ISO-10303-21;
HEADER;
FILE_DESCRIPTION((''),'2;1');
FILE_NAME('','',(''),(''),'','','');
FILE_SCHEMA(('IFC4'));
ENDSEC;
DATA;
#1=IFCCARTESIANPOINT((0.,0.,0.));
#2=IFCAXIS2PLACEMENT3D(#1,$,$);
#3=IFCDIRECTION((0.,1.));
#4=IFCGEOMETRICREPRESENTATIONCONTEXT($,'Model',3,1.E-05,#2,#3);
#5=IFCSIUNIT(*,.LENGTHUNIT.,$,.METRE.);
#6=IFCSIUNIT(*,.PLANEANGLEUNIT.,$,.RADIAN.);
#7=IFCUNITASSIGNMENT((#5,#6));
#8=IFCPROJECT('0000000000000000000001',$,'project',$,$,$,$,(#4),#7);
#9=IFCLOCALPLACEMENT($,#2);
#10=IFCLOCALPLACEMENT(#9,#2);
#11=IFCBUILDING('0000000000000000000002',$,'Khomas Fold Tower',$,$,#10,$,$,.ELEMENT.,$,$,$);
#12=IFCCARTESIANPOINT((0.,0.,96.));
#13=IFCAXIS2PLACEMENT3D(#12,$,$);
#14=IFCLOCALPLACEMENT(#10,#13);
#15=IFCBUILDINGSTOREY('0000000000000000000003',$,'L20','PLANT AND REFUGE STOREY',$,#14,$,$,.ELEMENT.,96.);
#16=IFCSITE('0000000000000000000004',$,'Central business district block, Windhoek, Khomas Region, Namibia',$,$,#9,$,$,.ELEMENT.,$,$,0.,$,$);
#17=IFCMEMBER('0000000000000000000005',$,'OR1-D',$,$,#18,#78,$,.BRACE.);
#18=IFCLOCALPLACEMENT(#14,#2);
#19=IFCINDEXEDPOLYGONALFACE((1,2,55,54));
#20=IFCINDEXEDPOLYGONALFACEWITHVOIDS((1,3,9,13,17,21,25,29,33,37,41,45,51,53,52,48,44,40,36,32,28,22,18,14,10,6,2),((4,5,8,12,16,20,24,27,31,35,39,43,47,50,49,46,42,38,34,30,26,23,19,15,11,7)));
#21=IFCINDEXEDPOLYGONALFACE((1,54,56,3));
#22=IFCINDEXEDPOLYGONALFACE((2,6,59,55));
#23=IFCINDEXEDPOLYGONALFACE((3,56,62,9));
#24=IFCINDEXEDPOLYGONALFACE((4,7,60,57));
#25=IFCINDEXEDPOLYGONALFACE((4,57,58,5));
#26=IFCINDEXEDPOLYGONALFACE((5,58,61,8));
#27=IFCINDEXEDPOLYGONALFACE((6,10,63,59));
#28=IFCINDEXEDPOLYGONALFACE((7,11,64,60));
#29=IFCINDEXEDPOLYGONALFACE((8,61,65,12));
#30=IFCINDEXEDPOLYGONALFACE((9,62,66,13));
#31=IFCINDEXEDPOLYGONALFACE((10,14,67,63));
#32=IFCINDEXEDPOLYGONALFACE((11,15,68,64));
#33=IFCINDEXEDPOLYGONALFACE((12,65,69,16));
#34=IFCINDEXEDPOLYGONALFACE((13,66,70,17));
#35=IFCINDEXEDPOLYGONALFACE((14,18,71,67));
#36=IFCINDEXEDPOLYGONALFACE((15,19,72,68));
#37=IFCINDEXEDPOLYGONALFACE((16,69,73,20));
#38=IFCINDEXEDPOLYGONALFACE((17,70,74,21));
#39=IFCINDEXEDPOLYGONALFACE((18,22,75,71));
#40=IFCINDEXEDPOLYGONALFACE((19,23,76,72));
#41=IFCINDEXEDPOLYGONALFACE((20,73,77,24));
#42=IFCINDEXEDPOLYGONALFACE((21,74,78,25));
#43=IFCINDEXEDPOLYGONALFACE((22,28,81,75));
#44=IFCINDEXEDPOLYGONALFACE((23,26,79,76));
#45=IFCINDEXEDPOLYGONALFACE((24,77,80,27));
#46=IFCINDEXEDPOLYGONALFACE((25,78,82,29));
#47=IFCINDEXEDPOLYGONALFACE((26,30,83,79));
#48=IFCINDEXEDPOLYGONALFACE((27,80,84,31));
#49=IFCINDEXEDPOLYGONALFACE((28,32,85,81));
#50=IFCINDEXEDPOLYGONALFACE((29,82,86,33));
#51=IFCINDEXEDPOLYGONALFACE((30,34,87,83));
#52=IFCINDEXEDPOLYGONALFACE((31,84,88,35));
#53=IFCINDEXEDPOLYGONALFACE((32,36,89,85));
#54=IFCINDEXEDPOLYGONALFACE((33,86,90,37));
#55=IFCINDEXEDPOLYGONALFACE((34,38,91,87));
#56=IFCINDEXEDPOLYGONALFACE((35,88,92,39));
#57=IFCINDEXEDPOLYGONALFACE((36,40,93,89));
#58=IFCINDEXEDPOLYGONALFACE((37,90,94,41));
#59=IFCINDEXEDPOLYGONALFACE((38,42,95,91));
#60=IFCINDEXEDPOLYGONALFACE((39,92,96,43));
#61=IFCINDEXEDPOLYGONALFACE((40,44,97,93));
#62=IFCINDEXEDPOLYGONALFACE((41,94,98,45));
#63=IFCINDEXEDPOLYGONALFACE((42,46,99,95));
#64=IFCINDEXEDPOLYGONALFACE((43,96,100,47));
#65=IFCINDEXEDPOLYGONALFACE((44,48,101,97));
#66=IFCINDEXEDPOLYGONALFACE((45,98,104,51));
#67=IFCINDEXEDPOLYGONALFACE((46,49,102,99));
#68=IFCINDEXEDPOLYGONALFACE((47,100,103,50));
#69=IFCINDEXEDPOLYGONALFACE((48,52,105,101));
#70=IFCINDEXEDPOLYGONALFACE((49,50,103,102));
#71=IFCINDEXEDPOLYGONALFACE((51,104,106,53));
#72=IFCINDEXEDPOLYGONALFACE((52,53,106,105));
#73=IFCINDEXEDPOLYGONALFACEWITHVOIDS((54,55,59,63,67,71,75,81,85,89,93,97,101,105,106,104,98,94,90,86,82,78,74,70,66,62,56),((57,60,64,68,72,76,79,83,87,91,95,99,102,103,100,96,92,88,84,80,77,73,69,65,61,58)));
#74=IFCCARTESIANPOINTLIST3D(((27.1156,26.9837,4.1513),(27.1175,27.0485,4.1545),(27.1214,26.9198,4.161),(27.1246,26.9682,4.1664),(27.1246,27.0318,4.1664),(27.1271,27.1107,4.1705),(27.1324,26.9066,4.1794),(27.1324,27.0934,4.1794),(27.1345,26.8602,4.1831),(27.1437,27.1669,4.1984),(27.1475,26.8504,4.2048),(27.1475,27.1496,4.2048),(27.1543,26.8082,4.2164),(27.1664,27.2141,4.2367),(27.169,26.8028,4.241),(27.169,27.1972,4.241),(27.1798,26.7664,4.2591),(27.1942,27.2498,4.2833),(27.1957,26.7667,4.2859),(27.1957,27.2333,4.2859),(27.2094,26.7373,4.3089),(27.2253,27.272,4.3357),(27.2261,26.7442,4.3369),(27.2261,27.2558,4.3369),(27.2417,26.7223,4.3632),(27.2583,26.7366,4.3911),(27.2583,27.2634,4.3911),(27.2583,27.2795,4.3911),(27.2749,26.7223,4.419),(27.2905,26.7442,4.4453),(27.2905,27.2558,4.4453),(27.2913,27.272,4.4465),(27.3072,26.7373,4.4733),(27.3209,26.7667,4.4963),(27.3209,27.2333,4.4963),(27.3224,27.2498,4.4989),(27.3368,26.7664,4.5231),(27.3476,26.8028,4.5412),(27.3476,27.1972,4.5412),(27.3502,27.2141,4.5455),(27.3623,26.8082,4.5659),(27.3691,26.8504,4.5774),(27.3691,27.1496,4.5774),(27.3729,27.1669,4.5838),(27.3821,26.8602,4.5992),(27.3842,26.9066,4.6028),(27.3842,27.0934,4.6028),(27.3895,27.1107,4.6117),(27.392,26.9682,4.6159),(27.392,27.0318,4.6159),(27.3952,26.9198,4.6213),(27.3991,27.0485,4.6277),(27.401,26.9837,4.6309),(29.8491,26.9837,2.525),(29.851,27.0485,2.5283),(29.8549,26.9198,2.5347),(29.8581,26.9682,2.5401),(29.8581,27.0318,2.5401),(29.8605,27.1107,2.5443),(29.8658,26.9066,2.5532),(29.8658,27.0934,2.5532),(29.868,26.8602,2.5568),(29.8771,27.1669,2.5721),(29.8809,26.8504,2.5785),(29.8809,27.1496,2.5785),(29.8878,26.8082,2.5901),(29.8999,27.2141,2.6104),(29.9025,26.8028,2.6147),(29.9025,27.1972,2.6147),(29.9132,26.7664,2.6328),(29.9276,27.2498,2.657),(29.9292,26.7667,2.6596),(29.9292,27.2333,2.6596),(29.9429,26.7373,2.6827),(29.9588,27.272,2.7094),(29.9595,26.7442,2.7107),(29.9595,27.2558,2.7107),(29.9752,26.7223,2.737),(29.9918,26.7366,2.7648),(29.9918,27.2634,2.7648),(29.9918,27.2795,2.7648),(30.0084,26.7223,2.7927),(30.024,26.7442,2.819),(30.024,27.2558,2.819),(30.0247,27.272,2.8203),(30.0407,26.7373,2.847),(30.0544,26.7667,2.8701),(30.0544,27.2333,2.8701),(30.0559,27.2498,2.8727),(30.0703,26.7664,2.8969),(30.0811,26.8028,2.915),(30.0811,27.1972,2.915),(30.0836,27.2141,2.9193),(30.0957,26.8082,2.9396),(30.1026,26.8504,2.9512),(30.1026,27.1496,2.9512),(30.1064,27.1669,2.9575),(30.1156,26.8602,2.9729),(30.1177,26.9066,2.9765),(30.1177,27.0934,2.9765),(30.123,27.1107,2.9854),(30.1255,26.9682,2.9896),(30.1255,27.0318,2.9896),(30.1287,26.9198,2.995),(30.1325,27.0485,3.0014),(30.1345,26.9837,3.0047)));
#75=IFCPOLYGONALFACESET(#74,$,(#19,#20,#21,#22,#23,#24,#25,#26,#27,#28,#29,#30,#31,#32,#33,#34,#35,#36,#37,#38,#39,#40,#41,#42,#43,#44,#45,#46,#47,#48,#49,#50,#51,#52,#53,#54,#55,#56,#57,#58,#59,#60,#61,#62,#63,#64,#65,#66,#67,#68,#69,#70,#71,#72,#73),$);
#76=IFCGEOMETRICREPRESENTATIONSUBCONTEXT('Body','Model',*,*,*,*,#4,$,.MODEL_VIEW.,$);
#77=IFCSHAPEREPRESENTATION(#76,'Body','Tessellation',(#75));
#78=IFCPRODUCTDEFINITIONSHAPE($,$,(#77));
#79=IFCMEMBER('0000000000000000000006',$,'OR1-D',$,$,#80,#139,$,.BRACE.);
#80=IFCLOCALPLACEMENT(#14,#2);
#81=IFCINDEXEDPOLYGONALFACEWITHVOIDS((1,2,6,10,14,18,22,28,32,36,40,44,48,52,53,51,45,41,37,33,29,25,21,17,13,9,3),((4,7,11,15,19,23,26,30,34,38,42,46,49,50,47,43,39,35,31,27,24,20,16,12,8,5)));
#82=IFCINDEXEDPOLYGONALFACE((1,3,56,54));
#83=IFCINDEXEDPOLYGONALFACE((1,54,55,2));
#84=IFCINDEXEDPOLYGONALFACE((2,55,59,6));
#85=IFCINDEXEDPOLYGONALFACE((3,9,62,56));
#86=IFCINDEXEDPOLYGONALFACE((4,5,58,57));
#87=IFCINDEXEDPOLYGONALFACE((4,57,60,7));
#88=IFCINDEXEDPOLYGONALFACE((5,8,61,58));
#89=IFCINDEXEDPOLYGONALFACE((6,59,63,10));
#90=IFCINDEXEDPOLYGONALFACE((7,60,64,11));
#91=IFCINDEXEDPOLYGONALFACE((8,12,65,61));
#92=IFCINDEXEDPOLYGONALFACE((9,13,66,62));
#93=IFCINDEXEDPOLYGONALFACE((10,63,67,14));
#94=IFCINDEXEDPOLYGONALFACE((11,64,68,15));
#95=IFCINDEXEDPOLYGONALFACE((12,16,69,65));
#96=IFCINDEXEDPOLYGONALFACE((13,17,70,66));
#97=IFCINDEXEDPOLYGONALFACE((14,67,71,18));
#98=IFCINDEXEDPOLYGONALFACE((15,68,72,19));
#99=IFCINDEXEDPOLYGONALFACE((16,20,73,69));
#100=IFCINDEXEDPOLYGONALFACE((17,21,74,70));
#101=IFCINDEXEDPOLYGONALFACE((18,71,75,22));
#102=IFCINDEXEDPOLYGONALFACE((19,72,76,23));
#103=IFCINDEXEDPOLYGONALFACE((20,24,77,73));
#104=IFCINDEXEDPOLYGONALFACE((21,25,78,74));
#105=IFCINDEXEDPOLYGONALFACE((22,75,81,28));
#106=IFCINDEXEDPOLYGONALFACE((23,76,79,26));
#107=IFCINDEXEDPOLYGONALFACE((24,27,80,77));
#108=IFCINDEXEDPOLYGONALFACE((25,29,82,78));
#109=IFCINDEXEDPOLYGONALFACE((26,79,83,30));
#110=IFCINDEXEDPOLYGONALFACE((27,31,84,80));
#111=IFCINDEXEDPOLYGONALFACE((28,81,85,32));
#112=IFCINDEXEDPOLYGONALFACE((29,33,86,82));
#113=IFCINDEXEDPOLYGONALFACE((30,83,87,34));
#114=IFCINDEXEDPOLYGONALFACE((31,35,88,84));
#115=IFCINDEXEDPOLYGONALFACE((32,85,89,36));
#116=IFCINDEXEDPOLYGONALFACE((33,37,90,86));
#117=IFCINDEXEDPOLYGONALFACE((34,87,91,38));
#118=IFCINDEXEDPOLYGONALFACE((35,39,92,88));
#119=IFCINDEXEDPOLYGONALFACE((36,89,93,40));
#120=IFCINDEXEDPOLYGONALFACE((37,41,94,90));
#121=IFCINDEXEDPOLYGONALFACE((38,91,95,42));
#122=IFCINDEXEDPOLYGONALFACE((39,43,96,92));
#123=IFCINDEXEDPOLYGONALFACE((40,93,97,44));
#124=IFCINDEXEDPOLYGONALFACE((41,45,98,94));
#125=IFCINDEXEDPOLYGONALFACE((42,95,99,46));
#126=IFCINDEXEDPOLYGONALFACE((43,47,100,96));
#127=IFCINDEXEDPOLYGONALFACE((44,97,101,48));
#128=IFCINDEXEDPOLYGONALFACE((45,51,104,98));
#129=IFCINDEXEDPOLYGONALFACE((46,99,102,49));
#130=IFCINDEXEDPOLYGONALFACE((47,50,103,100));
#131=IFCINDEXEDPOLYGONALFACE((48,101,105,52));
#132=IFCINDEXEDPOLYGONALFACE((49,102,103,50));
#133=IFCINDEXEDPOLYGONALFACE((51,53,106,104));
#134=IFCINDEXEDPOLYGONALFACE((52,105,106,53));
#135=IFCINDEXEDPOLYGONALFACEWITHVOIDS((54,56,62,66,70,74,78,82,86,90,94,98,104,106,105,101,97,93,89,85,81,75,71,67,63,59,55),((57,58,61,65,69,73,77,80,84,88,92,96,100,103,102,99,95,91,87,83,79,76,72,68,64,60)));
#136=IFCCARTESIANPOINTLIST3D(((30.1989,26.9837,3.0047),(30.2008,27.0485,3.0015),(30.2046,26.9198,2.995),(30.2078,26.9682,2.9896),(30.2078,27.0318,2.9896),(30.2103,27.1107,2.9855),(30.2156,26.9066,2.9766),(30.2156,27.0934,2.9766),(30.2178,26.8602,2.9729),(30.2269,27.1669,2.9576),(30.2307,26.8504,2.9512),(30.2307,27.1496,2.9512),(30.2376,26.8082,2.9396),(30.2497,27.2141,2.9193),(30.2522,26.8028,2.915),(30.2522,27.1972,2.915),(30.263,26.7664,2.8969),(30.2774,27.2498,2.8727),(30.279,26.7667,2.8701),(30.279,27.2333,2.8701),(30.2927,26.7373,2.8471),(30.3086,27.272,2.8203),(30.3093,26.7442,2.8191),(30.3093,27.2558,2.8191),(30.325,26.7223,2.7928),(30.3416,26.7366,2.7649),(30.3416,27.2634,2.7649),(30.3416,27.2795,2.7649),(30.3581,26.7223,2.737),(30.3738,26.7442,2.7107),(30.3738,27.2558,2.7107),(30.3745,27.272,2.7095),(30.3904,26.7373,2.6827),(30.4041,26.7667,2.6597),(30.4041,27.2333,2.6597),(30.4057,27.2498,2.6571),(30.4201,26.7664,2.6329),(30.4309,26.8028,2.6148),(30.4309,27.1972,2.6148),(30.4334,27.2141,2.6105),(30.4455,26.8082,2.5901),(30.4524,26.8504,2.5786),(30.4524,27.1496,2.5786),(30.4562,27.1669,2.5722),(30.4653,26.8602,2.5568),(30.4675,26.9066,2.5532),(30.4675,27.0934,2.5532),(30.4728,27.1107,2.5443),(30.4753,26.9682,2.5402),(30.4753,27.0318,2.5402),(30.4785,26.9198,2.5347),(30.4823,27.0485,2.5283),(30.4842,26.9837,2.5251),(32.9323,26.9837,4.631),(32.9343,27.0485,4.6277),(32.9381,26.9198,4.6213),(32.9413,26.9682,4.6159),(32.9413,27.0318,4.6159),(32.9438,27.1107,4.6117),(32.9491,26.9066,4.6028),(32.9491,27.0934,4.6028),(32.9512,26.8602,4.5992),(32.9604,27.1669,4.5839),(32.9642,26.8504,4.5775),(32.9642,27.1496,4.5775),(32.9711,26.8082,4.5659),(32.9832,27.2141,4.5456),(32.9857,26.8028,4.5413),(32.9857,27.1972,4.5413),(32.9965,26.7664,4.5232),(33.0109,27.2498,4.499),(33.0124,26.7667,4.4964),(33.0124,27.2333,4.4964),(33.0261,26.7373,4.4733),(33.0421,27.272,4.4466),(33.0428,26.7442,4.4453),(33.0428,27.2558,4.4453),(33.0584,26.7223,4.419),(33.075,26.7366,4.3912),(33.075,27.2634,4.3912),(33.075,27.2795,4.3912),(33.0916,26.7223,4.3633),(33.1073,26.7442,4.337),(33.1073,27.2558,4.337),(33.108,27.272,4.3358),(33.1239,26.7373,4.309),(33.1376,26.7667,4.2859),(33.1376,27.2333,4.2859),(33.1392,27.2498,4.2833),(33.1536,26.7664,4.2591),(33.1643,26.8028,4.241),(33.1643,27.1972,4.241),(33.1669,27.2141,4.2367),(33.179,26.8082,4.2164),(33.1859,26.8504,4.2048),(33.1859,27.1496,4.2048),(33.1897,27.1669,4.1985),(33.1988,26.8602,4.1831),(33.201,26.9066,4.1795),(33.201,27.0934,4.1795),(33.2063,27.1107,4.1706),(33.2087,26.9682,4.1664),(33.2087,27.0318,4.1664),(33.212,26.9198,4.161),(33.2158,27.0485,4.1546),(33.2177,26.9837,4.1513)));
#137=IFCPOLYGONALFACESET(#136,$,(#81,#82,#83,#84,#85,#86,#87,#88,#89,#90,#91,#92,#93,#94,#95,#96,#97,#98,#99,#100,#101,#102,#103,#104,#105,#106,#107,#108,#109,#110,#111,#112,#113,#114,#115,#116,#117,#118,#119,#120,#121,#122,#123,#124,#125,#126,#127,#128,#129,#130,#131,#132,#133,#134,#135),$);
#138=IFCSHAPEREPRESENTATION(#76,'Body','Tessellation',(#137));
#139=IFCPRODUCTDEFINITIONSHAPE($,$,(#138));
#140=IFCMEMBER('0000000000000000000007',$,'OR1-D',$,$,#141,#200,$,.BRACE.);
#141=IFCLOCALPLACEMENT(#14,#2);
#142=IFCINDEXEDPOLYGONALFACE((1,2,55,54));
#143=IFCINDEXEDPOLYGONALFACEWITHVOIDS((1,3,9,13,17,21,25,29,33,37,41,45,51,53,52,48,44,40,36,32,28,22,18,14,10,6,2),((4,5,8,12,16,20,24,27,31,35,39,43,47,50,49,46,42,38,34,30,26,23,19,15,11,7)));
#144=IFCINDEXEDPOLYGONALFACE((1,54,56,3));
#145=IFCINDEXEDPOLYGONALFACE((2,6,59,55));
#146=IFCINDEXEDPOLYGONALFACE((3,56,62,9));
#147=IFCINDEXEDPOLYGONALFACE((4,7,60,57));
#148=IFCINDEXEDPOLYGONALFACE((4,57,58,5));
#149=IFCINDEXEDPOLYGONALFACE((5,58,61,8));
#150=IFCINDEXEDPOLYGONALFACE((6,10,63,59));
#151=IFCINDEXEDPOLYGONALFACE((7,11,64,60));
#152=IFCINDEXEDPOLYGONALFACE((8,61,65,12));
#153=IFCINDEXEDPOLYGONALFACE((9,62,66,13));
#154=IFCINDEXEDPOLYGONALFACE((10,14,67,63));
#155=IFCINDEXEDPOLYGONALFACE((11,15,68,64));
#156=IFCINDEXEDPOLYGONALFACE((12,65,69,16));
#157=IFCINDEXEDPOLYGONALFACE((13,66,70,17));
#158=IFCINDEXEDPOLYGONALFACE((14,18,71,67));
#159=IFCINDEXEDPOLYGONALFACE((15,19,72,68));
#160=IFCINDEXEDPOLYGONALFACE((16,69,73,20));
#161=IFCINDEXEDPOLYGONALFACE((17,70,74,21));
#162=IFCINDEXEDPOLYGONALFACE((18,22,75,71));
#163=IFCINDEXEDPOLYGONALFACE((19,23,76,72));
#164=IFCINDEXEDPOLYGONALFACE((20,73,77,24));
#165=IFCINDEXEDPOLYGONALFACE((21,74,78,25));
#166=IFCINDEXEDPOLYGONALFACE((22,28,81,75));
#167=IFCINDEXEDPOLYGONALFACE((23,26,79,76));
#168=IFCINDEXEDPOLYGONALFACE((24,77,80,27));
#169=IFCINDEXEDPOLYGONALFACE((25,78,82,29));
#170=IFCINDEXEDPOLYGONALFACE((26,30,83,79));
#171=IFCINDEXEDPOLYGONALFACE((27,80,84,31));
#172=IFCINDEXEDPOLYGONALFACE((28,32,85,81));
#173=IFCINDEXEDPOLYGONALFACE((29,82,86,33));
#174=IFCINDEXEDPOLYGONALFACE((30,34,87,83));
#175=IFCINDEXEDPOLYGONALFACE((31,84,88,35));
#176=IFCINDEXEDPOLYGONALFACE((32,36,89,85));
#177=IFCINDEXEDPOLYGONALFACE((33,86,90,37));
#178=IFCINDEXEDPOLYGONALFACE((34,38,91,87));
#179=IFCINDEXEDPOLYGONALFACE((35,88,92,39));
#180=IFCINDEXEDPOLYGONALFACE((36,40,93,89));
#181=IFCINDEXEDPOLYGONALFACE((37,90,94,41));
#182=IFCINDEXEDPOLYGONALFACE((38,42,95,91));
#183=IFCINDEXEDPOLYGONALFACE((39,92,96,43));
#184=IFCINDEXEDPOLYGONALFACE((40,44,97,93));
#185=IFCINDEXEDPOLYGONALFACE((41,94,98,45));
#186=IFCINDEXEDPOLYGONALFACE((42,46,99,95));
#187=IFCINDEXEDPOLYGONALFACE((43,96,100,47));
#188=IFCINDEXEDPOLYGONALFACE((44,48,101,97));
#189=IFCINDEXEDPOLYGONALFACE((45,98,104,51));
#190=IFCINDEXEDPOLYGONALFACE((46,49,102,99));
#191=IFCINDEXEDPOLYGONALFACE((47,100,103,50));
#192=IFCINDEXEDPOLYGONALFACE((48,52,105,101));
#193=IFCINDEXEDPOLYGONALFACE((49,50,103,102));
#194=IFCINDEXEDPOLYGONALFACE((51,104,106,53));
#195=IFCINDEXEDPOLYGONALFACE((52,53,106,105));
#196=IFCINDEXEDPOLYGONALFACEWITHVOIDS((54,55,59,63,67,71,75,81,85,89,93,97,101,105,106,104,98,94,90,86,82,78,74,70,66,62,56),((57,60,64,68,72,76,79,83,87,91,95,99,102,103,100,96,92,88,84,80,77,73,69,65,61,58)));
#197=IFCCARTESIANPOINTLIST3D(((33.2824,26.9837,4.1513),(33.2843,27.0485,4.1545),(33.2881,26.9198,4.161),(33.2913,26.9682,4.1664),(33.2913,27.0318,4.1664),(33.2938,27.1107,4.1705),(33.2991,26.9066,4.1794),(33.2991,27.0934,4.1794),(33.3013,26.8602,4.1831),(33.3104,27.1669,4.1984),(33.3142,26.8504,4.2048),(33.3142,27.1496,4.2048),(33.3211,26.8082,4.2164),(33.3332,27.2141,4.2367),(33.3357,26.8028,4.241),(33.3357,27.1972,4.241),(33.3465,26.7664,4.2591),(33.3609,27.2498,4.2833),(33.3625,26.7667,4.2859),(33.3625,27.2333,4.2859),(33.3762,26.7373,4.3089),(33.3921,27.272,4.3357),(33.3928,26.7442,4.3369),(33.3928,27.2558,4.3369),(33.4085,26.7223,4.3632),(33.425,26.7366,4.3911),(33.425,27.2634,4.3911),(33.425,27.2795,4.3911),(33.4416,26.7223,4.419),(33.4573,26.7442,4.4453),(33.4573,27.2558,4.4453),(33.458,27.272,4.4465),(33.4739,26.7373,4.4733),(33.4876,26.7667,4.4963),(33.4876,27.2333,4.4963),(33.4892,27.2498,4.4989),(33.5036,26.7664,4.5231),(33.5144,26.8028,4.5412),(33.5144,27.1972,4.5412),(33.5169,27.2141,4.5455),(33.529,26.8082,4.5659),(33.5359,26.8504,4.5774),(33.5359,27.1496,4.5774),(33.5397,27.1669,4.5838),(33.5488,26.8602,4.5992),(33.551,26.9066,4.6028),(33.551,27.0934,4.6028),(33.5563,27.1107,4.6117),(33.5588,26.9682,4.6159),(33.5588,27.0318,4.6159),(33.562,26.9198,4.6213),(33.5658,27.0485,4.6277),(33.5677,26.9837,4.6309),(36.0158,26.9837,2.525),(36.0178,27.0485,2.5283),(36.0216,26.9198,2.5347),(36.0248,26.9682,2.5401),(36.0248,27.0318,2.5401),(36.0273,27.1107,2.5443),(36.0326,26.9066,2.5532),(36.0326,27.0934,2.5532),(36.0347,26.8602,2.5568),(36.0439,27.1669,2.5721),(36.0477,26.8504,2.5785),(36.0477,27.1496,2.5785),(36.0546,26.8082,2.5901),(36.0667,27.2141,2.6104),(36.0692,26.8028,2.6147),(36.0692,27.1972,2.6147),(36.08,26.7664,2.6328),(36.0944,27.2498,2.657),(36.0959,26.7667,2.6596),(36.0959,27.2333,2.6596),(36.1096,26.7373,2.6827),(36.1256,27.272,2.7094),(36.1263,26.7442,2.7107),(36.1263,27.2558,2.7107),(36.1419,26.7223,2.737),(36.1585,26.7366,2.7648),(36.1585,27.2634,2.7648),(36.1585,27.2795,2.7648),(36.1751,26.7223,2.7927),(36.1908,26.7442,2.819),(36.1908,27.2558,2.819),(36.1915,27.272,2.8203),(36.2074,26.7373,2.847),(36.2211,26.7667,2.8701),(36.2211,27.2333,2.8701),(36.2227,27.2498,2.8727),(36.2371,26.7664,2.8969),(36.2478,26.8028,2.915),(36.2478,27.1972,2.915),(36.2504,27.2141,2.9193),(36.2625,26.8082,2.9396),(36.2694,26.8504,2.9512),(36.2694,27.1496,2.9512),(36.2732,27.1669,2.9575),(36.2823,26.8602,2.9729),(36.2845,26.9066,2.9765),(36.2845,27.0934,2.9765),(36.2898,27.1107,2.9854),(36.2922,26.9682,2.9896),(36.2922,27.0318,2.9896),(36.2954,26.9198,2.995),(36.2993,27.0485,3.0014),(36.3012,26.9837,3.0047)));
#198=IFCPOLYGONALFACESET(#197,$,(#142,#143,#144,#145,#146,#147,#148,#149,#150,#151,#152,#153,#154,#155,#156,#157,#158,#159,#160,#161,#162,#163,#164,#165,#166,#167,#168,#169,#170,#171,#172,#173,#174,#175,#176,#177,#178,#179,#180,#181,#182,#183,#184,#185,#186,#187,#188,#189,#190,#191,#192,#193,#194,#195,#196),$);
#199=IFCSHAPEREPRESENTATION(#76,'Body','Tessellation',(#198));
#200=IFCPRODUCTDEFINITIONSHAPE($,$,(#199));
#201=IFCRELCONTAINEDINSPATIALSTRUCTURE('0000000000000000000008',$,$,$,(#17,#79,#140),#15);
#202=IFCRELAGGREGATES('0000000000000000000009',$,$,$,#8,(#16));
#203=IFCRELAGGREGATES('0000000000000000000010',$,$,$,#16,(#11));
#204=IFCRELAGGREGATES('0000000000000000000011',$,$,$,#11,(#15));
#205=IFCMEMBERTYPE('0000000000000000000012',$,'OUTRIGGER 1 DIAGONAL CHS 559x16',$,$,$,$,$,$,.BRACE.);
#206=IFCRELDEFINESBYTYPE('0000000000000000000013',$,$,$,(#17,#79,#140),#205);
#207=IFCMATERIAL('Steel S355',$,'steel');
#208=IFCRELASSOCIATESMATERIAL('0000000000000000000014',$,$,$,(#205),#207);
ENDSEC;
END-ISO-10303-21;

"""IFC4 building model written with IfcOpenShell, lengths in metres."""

from ifc_helpers import new_model, si_unit, direction, frame, origin, origin_2d, place, context, subcontext, project, spatial, hollow_circle, extrude, source, transform, mapped, material, material_profile, profile_set, type_object, element, save


model = new_model("IFC4")

# Units and contexts
model_context = context("Model", 3, precision=1e-05, world=origin(), true_north=direction((0.0, 1.0)))
body_context = subcontext(model_context, "Body", "Model", "MODEL_VIEW")
ifc_project = project(units=[si_unit("LENGTHUNIT", "METRE"), si_unit("PLANEANGLEUNIT", "RADIAN")], contexts=[model_context])

# Site, building, storey
site_placement = place(None, origin())
site = spatial("IfcSite", under=ifc_project, at=site_placement, Name="Central business district block, Windhoek, Khomas Region, Namibia", CompositionType="ELEMENT", RefElevation=0.0)
building_placement = place(site_placement, origin())
building = spatial("IfcBuilding", under=site, at=building_placement, Name="Khomas Fold Tower", CompositionType="ELEMENT")
storey_placement = place(building_placement, frame((0.0, 0.0, 96.0)))
storey = spatial("IfcBuildingStorey", under=building, at=storey_placement, Name="L20", Description="PLANT AND REFUGE STOREY", CompositionType="ELEMENT", Elevation=96.0)

# Members
ifc_material_1 = material(Name="Steel S355", Category="steel")
ifc_material_profile_1 = material_profile(ifc_material_1, hollow_circle(Radius=0.2795, WallThickness=0.0161, at=origin_2d()), Name="CHS 559x16")
ifc_profile_set_1 = profile_set([ifc_material_profile_1], Name="Steel S355")
member_type_1 = type_object("IfcMemberType", Name="OUTRIGGER 1 DIAGONAL CHS 559x16", PredefinedType="BRACE", material=ifc_profile_set_1)
shared_shape_1 = source(origin(), body_context, "Body", "SweptSolid", [
    extrude(hollow_circle(Radius=0.2795, WallThickness=0.0161, at=origin_2d()), origin(), (0.0, 0.0, 1.0), 3.1807),
])
for number, where, z_axis, x_axis, name in (
    (1, (27.2583, 27.0, 4.3911), (0.859404, 0.0, -0.511298), (0.0, 1.0, 0.0), "OR1-D"),
    (2, (30.3416, 27.0, 2.7649), (0.859404, 0.0, 0.511298), (0.0, 1.0, 0.0), "OR1-D"),
    (3, (33.425, 27.0, 4.3911), (0.859404, 0.0, -0.511298), (0.0, 1.0, 0.0), "OR1-D"),
):
    element("IfcMember", number, at=place(storey_placement, frame(where, z_axis=z_axis, x_axis=x_axis)), inside=storey, type_object=member_type_1, Name=name, PredefinedType="BRACE", context=body_context, shape_type="MappedRepresentation", body=[
        mapped(shared_shape_1, transform((0.0, 0.0, 0.0))),
    ])

save(model, "model.ifc")
